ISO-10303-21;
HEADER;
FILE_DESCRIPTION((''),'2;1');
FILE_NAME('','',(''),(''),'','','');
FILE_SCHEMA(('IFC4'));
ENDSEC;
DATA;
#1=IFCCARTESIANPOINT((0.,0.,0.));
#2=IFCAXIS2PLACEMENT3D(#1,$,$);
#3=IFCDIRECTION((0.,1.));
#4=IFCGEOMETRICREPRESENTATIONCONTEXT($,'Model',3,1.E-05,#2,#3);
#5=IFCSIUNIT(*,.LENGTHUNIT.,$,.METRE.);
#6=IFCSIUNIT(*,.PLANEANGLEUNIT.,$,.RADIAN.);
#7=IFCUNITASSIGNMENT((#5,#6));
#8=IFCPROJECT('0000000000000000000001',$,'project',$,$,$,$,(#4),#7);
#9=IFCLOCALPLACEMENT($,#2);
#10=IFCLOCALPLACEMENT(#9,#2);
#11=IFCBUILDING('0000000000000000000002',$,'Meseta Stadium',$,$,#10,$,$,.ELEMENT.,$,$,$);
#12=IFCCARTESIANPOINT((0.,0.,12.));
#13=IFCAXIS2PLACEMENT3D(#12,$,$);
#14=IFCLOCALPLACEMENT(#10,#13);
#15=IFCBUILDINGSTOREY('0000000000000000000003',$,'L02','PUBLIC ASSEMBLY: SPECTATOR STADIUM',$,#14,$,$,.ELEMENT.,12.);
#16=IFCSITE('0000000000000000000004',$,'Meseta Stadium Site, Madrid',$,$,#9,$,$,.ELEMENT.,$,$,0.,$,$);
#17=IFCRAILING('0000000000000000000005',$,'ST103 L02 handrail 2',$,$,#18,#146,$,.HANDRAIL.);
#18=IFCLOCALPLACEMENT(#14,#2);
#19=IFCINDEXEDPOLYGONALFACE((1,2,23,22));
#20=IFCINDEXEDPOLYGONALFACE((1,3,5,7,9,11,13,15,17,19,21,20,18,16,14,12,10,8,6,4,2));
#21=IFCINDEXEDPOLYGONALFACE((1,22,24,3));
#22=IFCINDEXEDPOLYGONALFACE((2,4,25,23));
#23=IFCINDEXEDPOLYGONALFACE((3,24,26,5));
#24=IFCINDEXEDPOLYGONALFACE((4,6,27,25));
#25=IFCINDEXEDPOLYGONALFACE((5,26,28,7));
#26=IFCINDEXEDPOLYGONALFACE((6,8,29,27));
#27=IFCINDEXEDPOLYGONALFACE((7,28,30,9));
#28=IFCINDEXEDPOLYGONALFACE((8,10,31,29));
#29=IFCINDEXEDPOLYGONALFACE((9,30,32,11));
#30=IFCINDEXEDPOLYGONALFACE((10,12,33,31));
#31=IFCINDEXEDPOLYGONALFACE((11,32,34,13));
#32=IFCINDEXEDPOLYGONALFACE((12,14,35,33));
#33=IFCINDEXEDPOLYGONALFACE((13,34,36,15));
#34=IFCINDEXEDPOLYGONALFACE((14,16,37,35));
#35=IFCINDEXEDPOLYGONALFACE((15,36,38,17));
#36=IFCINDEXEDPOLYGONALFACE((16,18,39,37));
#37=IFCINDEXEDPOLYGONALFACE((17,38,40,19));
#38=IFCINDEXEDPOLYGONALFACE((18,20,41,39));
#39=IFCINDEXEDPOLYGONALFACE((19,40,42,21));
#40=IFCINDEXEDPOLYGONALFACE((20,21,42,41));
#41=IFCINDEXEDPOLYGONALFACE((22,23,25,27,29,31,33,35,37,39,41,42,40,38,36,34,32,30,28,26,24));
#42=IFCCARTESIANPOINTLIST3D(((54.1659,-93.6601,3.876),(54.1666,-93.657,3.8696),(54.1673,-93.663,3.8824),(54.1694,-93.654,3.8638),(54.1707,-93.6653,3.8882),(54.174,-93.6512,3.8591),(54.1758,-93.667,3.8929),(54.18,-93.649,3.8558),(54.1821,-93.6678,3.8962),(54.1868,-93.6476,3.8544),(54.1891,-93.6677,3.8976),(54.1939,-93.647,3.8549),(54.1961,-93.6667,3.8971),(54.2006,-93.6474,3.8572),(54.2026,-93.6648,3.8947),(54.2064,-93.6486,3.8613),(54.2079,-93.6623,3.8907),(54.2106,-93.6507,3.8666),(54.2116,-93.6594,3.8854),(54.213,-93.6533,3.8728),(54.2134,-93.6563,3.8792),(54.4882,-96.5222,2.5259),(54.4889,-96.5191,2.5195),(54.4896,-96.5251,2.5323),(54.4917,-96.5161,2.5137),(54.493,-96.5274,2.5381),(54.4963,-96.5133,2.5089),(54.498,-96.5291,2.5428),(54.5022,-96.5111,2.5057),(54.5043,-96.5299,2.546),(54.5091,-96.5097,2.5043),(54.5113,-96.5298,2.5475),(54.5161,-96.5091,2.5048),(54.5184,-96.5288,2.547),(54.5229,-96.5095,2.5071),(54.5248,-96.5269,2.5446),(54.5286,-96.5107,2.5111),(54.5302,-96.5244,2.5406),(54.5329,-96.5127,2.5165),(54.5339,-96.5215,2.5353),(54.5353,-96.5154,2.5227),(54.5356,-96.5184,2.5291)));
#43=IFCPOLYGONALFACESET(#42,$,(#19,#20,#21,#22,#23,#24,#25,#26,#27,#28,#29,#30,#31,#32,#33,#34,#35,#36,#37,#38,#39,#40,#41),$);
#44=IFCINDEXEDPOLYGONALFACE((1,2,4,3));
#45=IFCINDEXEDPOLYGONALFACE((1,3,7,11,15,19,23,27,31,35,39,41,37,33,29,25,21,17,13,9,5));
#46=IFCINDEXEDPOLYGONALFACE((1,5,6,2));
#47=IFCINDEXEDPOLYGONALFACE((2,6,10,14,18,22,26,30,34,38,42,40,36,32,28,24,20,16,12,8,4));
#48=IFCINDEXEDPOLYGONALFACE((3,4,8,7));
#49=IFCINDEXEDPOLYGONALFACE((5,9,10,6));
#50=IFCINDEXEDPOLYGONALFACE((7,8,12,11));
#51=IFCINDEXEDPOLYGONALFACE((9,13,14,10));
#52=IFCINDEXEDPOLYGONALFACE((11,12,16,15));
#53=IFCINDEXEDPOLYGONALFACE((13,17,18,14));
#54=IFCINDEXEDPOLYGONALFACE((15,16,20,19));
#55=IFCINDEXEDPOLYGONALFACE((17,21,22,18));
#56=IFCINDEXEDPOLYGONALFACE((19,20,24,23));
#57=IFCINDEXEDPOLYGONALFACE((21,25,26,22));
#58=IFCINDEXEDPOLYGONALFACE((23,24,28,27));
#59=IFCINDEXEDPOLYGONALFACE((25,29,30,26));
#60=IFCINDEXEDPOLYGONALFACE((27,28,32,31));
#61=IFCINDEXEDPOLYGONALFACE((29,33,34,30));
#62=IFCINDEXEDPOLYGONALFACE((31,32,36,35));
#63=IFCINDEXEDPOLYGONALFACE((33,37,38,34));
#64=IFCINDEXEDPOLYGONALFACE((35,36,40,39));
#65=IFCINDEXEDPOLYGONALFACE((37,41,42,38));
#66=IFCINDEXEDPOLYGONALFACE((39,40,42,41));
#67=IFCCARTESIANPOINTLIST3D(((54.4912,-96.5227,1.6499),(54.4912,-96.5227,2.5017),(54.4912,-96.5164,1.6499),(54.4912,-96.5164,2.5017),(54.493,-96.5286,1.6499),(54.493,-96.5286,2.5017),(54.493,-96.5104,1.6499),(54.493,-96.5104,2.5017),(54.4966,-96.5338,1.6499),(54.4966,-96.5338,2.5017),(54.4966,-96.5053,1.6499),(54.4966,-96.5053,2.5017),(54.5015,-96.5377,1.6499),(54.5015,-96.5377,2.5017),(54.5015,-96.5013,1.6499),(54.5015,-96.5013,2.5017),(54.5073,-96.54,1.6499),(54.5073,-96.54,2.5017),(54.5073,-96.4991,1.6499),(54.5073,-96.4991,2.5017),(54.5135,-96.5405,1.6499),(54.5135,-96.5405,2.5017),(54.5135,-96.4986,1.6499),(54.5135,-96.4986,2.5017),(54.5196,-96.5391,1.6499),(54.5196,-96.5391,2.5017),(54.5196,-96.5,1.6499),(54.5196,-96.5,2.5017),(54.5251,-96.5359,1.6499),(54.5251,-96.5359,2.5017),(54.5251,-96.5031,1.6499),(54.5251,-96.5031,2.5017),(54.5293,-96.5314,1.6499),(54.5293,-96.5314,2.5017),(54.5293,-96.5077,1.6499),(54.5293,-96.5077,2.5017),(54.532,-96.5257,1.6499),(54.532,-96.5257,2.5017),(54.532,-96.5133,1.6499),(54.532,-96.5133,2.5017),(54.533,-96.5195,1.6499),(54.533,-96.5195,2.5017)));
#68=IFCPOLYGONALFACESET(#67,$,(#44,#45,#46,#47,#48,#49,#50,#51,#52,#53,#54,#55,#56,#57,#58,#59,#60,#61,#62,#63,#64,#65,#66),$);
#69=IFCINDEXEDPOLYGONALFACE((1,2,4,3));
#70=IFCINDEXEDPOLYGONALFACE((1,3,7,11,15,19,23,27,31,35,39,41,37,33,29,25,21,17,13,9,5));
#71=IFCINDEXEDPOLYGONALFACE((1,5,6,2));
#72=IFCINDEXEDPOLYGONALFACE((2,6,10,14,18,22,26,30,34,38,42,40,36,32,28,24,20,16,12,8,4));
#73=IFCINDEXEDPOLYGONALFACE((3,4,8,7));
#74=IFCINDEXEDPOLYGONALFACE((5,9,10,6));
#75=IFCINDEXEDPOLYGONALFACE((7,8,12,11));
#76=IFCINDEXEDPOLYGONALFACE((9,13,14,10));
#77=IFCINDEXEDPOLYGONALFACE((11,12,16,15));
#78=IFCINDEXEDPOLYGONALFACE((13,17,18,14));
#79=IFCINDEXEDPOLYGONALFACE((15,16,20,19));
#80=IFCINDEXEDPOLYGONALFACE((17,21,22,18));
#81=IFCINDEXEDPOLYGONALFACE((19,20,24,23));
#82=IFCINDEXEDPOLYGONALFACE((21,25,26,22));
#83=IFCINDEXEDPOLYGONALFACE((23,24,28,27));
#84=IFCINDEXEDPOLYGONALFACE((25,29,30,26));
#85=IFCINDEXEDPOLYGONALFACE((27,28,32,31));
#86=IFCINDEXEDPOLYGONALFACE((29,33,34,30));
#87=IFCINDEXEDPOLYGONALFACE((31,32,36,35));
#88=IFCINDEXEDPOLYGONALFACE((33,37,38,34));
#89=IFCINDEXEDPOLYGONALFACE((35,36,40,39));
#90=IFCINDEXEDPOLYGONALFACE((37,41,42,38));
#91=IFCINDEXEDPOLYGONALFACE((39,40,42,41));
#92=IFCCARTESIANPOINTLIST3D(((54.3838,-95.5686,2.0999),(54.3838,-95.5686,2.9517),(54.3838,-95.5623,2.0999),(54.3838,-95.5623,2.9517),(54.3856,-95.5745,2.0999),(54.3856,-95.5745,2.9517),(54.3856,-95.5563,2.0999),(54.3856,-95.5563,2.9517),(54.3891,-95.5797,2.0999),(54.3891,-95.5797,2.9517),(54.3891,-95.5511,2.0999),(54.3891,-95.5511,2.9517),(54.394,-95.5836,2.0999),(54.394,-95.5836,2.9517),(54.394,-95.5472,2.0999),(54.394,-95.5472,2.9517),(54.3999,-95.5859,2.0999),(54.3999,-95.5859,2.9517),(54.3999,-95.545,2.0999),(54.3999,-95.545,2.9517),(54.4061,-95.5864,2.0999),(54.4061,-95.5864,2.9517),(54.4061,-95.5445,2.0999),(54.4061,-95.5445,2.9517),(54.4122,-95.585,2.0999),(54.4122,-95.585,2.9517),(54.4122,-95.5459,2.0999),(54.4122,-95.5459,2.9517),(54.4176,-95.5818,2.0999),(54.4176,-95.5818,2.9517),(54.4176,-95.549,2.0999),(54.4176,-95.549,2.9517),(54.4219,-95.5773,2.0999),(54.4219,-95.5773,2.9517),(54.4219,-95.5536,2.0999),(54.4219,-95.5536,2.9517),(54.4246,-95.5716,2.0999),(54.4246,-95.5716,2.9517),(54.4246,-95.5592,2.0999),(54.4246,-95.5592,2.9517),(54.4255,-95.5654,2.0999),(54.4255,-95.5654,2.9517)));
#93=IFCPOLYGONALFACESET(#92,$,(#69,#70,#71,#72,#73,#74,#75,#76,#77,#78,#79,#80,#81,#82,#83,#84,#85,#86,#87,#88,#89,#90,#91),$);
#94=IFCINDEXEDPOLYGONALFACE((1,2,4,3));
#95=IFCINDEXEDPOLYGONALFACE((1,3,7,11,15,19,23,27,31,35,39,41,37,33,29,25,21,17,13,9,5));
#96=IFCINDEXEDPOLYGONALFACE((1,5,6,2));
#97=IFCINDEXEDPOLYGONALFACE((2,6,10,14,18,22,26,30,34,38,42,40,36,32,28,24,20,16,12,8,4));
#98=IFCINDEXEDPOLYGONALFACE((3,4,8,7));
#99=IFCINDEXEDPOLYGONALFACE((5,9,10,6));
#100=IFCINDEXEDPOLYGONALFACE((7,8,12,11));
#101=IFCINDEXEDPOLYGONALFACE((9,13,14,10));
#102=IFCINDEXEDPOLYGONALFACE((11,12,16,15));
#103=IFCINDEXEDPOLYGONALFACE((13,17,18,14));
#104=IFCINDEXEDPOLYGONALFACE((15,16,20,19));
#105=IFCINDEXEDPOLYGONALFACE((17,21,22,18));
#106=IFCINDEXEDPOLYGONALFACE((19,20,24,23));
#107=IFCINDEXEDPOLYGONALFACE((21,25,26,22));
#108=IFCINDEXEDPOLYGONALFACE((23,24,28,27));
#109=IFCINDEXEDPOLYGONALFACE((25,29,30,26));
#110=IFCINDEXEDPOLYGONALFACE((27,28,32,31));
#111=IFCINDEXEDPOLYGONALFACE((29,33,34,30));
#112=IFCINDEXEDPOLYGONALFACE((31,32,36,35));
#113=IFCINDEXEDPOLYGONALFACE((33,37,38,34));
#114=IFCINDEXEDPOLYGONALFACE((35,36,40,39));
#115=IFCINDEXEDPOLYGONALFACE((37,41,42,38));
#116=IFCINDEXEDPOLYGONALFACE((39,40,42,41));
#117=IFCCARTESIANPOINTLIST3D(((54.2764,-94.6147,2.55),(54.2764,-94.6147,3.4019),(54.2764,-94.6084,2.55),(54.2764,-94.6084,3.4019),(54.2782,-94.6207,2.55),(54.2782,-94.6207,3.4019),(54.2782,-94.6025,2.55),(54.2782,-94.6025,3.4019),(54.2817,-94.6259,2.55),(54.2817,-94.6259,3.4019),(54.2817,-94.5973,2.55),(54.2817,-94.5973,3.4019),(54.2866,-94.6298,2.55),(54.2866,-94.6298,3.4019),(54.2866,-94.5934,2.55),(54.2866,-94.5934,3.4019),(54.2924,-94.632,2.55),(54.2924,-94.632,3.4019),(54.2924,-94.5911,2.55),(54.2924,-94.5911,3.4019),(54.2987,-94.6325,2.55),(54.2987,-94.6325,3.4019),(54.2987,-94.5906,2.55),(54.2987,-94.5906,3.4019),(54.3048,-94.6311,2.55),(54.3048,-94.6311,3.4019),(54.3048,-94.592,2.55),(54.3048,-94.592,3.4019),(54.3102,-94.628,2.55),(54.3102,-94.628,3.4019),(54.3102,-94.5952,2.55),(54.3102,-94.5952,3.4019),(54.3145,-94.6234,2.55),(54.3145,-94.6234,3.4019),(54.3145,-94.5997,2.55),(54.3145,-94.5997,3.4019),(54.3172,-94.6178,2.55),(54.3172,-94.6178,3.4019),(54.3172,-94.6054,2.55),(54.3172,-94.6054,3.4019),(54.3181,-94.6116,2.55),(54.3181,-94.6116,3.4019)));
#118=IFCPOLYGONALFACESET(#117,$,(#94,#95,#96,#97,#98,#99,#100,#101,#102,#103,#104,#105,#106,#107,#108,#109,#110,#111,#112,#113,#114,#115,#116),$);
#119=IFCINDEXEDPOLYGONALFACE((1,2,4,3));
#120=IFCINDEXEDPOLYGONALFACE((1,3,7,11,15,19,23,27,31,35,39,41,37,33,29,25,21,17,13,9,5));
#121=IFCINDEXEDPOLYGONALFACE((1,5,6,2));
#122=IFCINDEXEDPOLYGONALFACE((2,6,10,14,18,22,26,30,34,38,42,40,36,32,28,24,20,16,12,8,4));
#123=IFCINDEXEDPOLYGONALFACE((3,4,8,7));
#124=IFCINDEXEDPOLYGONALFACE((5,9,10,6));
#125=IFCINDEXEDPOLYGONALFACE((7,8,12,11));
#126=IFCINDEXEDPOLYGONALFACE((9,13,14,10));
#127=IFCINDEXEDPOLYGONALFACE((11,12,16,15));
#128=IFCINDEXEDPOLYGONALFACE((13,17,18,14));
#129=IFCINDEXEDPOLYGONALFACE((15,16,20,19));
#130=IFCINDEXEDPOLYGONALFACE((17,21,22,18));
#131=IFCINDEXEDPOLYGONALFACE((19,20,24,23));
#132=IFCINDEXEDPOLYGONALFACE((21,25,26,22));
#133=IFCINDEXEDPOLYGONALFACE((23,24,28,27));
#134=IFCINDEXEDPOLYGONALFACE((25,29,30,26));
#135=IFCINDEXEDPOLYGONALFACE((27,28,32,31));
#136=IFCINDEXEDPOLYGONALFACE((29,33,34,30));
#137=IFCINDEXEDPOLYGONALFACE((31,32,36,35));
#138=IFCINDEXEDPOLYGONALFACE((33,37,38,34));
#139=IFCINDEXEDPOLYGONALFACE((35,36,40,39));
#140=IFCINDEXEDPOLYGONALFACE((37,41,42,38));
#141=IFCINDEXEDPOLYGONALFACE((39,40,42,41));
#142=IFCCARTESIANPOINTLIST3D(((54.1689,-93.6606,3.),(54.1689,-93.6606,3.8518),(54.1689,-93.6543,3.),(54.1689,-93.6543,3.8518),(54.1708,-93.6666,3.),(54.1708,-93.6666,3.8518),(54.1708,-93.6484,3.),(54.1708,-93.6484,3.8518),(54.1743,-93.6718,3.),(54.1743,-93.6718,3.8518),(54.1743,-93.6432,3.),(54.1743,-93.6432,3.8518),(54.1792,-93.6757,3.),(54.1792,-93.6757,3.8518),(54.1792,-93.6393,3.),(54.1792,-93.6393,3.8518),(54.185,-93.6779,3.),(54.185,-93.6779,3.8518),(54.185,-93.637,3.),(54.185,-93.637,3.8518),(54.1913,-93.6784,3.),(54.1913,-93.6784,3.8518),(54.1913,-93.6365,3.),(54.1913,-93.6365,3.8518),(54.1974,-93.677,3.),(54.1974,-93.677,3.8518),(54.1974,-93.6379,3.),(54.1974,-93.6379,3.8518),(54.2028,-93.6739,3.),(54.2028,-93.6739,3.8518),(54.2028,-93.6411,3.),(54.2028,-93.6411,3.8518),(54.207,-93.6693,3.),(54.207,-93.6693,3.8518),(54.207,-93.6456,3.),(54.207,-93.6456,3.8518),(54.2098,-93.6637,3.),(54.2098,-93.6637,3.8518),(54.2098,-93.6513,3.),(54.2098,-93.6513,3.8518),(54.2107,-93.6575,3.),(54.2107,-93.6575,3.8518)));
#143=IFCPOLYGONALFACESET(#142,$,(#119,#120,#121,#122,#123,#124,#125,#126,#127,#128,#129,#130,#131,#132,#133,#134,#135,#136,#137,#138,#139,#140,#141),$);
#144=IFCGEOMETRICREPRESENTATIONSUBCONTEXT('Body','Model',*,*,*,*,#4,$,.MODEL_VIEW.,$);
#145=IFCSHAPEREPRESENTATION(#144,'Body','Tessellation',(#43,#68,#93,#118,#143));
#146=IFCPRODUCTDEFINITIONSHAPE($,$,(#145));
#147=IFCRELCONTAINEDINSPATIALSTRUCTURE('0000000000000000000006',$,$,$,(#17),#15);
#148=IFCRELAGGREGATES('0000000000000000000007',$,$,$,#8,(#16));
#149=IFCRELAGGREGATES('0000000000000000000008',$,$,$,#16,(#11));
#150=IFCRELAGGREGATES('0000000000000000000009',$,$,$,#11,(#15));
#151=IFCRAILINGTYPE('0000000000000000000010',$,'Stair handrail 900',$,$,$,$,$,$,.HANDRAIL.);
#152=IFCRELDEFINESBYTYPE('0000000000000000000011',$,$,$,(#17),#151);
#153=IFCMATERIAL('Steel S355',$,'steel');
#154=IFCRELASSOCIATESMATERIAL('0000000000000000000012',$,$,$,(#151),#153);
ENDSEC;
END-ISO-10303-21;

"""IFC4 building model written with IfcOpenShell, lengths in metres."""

from ifc_helpers import new_model, si_unit, direction, frame, origin, origin_2d, place, context, subcontext, project, spatial, circle, extrude, material, type_object, element, save


model = new_model("IFC4")

# Units and contexts
model_context = context("Model", 3, precision=1e-05, world=origin(), true_north=direction((0.0, 1.0)))
body_context = subcontext(model_context, "Body", "Model", "MODEL_VIEW")
ifc_project = project(units=[si_unit("LENGTHUNIT", "METRE"), si_unit("PLANEANGLEUNIT", "RADIAN")], contexts=[model_context])

# Site, building, storey
site_placement = place(None, origin())
site = spatial("IfcSite", under=ifc_project, at=site_placement, Name="Meseta Stadium Site, Madrid", CompositionType="ELEMENT", RefElevation=0.0)
building_placement = place(site_placement, origin())
building = spatial("IfcBuilding", under=site, at=building_placement, Name="Meseta Stadium", CompositionType="ELEMENT")
storey_placement = place(building_placement, frame((0.0, 0.0, 12.0)))
storey = spatial("IfcBuildingStorey", under=building, at=storey_placement, Name="L02", Description="PUBLIC ASSEMBLY: SPECTATOR STADIUM", CompositionType="ELEMENT", Elevation=12.0)

# Railing
ifc_material_1 = material(Name="Steel S355", Category="steel")
railing_type_1 = type_object("IfcRailingType", Name="Stair handrail 900", PredefinedType="HANDRAIL", material=ifc_material_1)
for number, where, name in (
    (1, (54.512, -96.5195, 1.6499), "ST103 L02 handrail 2"),
):
    element("IfcRailing", number, at=place(storey_placement, frame(where)), inside=storey, type_object=railing_type_1, Name=name, PredefinedType="HANDRAIL", context=body_context, shape_type="SweptSolid", body=[
        extrude(circle(Radius=0.0239, at=origin_2d()), frame((0.0, 0.0, 0.876), z_axis=(-0.101313, 0.89977, 0.424441), x_axis=(-0.99372, -0.111892, 0.0)), (0.0, 0.0, 1.0), 3.1809),
        extrude(circle(Radius=0.021, at=origin_2d()), origin(), (0.0, 0.0, 1.0), 0.8518),
        extrude(circle(Radius=0.021, at=origin_2d()), frame((-0.1074, 0.9541, 0.45)), (0.0, 0.0, 1.0), 0.8518),
        extrude(circle(Radius=0.021, at=origin_2d()), frame((-0.2148, 1.908, 0.9001)), (0.0, 0.0, 1.0), 0.8518),
        extrude(circle(Radius=0.021, at=origin_2d()), frame((-0.3223, 2.8621, 1.3501)), (0.0, 0.0, 1.0), 0.8518),
    ])

save(model, "model.ifc")
